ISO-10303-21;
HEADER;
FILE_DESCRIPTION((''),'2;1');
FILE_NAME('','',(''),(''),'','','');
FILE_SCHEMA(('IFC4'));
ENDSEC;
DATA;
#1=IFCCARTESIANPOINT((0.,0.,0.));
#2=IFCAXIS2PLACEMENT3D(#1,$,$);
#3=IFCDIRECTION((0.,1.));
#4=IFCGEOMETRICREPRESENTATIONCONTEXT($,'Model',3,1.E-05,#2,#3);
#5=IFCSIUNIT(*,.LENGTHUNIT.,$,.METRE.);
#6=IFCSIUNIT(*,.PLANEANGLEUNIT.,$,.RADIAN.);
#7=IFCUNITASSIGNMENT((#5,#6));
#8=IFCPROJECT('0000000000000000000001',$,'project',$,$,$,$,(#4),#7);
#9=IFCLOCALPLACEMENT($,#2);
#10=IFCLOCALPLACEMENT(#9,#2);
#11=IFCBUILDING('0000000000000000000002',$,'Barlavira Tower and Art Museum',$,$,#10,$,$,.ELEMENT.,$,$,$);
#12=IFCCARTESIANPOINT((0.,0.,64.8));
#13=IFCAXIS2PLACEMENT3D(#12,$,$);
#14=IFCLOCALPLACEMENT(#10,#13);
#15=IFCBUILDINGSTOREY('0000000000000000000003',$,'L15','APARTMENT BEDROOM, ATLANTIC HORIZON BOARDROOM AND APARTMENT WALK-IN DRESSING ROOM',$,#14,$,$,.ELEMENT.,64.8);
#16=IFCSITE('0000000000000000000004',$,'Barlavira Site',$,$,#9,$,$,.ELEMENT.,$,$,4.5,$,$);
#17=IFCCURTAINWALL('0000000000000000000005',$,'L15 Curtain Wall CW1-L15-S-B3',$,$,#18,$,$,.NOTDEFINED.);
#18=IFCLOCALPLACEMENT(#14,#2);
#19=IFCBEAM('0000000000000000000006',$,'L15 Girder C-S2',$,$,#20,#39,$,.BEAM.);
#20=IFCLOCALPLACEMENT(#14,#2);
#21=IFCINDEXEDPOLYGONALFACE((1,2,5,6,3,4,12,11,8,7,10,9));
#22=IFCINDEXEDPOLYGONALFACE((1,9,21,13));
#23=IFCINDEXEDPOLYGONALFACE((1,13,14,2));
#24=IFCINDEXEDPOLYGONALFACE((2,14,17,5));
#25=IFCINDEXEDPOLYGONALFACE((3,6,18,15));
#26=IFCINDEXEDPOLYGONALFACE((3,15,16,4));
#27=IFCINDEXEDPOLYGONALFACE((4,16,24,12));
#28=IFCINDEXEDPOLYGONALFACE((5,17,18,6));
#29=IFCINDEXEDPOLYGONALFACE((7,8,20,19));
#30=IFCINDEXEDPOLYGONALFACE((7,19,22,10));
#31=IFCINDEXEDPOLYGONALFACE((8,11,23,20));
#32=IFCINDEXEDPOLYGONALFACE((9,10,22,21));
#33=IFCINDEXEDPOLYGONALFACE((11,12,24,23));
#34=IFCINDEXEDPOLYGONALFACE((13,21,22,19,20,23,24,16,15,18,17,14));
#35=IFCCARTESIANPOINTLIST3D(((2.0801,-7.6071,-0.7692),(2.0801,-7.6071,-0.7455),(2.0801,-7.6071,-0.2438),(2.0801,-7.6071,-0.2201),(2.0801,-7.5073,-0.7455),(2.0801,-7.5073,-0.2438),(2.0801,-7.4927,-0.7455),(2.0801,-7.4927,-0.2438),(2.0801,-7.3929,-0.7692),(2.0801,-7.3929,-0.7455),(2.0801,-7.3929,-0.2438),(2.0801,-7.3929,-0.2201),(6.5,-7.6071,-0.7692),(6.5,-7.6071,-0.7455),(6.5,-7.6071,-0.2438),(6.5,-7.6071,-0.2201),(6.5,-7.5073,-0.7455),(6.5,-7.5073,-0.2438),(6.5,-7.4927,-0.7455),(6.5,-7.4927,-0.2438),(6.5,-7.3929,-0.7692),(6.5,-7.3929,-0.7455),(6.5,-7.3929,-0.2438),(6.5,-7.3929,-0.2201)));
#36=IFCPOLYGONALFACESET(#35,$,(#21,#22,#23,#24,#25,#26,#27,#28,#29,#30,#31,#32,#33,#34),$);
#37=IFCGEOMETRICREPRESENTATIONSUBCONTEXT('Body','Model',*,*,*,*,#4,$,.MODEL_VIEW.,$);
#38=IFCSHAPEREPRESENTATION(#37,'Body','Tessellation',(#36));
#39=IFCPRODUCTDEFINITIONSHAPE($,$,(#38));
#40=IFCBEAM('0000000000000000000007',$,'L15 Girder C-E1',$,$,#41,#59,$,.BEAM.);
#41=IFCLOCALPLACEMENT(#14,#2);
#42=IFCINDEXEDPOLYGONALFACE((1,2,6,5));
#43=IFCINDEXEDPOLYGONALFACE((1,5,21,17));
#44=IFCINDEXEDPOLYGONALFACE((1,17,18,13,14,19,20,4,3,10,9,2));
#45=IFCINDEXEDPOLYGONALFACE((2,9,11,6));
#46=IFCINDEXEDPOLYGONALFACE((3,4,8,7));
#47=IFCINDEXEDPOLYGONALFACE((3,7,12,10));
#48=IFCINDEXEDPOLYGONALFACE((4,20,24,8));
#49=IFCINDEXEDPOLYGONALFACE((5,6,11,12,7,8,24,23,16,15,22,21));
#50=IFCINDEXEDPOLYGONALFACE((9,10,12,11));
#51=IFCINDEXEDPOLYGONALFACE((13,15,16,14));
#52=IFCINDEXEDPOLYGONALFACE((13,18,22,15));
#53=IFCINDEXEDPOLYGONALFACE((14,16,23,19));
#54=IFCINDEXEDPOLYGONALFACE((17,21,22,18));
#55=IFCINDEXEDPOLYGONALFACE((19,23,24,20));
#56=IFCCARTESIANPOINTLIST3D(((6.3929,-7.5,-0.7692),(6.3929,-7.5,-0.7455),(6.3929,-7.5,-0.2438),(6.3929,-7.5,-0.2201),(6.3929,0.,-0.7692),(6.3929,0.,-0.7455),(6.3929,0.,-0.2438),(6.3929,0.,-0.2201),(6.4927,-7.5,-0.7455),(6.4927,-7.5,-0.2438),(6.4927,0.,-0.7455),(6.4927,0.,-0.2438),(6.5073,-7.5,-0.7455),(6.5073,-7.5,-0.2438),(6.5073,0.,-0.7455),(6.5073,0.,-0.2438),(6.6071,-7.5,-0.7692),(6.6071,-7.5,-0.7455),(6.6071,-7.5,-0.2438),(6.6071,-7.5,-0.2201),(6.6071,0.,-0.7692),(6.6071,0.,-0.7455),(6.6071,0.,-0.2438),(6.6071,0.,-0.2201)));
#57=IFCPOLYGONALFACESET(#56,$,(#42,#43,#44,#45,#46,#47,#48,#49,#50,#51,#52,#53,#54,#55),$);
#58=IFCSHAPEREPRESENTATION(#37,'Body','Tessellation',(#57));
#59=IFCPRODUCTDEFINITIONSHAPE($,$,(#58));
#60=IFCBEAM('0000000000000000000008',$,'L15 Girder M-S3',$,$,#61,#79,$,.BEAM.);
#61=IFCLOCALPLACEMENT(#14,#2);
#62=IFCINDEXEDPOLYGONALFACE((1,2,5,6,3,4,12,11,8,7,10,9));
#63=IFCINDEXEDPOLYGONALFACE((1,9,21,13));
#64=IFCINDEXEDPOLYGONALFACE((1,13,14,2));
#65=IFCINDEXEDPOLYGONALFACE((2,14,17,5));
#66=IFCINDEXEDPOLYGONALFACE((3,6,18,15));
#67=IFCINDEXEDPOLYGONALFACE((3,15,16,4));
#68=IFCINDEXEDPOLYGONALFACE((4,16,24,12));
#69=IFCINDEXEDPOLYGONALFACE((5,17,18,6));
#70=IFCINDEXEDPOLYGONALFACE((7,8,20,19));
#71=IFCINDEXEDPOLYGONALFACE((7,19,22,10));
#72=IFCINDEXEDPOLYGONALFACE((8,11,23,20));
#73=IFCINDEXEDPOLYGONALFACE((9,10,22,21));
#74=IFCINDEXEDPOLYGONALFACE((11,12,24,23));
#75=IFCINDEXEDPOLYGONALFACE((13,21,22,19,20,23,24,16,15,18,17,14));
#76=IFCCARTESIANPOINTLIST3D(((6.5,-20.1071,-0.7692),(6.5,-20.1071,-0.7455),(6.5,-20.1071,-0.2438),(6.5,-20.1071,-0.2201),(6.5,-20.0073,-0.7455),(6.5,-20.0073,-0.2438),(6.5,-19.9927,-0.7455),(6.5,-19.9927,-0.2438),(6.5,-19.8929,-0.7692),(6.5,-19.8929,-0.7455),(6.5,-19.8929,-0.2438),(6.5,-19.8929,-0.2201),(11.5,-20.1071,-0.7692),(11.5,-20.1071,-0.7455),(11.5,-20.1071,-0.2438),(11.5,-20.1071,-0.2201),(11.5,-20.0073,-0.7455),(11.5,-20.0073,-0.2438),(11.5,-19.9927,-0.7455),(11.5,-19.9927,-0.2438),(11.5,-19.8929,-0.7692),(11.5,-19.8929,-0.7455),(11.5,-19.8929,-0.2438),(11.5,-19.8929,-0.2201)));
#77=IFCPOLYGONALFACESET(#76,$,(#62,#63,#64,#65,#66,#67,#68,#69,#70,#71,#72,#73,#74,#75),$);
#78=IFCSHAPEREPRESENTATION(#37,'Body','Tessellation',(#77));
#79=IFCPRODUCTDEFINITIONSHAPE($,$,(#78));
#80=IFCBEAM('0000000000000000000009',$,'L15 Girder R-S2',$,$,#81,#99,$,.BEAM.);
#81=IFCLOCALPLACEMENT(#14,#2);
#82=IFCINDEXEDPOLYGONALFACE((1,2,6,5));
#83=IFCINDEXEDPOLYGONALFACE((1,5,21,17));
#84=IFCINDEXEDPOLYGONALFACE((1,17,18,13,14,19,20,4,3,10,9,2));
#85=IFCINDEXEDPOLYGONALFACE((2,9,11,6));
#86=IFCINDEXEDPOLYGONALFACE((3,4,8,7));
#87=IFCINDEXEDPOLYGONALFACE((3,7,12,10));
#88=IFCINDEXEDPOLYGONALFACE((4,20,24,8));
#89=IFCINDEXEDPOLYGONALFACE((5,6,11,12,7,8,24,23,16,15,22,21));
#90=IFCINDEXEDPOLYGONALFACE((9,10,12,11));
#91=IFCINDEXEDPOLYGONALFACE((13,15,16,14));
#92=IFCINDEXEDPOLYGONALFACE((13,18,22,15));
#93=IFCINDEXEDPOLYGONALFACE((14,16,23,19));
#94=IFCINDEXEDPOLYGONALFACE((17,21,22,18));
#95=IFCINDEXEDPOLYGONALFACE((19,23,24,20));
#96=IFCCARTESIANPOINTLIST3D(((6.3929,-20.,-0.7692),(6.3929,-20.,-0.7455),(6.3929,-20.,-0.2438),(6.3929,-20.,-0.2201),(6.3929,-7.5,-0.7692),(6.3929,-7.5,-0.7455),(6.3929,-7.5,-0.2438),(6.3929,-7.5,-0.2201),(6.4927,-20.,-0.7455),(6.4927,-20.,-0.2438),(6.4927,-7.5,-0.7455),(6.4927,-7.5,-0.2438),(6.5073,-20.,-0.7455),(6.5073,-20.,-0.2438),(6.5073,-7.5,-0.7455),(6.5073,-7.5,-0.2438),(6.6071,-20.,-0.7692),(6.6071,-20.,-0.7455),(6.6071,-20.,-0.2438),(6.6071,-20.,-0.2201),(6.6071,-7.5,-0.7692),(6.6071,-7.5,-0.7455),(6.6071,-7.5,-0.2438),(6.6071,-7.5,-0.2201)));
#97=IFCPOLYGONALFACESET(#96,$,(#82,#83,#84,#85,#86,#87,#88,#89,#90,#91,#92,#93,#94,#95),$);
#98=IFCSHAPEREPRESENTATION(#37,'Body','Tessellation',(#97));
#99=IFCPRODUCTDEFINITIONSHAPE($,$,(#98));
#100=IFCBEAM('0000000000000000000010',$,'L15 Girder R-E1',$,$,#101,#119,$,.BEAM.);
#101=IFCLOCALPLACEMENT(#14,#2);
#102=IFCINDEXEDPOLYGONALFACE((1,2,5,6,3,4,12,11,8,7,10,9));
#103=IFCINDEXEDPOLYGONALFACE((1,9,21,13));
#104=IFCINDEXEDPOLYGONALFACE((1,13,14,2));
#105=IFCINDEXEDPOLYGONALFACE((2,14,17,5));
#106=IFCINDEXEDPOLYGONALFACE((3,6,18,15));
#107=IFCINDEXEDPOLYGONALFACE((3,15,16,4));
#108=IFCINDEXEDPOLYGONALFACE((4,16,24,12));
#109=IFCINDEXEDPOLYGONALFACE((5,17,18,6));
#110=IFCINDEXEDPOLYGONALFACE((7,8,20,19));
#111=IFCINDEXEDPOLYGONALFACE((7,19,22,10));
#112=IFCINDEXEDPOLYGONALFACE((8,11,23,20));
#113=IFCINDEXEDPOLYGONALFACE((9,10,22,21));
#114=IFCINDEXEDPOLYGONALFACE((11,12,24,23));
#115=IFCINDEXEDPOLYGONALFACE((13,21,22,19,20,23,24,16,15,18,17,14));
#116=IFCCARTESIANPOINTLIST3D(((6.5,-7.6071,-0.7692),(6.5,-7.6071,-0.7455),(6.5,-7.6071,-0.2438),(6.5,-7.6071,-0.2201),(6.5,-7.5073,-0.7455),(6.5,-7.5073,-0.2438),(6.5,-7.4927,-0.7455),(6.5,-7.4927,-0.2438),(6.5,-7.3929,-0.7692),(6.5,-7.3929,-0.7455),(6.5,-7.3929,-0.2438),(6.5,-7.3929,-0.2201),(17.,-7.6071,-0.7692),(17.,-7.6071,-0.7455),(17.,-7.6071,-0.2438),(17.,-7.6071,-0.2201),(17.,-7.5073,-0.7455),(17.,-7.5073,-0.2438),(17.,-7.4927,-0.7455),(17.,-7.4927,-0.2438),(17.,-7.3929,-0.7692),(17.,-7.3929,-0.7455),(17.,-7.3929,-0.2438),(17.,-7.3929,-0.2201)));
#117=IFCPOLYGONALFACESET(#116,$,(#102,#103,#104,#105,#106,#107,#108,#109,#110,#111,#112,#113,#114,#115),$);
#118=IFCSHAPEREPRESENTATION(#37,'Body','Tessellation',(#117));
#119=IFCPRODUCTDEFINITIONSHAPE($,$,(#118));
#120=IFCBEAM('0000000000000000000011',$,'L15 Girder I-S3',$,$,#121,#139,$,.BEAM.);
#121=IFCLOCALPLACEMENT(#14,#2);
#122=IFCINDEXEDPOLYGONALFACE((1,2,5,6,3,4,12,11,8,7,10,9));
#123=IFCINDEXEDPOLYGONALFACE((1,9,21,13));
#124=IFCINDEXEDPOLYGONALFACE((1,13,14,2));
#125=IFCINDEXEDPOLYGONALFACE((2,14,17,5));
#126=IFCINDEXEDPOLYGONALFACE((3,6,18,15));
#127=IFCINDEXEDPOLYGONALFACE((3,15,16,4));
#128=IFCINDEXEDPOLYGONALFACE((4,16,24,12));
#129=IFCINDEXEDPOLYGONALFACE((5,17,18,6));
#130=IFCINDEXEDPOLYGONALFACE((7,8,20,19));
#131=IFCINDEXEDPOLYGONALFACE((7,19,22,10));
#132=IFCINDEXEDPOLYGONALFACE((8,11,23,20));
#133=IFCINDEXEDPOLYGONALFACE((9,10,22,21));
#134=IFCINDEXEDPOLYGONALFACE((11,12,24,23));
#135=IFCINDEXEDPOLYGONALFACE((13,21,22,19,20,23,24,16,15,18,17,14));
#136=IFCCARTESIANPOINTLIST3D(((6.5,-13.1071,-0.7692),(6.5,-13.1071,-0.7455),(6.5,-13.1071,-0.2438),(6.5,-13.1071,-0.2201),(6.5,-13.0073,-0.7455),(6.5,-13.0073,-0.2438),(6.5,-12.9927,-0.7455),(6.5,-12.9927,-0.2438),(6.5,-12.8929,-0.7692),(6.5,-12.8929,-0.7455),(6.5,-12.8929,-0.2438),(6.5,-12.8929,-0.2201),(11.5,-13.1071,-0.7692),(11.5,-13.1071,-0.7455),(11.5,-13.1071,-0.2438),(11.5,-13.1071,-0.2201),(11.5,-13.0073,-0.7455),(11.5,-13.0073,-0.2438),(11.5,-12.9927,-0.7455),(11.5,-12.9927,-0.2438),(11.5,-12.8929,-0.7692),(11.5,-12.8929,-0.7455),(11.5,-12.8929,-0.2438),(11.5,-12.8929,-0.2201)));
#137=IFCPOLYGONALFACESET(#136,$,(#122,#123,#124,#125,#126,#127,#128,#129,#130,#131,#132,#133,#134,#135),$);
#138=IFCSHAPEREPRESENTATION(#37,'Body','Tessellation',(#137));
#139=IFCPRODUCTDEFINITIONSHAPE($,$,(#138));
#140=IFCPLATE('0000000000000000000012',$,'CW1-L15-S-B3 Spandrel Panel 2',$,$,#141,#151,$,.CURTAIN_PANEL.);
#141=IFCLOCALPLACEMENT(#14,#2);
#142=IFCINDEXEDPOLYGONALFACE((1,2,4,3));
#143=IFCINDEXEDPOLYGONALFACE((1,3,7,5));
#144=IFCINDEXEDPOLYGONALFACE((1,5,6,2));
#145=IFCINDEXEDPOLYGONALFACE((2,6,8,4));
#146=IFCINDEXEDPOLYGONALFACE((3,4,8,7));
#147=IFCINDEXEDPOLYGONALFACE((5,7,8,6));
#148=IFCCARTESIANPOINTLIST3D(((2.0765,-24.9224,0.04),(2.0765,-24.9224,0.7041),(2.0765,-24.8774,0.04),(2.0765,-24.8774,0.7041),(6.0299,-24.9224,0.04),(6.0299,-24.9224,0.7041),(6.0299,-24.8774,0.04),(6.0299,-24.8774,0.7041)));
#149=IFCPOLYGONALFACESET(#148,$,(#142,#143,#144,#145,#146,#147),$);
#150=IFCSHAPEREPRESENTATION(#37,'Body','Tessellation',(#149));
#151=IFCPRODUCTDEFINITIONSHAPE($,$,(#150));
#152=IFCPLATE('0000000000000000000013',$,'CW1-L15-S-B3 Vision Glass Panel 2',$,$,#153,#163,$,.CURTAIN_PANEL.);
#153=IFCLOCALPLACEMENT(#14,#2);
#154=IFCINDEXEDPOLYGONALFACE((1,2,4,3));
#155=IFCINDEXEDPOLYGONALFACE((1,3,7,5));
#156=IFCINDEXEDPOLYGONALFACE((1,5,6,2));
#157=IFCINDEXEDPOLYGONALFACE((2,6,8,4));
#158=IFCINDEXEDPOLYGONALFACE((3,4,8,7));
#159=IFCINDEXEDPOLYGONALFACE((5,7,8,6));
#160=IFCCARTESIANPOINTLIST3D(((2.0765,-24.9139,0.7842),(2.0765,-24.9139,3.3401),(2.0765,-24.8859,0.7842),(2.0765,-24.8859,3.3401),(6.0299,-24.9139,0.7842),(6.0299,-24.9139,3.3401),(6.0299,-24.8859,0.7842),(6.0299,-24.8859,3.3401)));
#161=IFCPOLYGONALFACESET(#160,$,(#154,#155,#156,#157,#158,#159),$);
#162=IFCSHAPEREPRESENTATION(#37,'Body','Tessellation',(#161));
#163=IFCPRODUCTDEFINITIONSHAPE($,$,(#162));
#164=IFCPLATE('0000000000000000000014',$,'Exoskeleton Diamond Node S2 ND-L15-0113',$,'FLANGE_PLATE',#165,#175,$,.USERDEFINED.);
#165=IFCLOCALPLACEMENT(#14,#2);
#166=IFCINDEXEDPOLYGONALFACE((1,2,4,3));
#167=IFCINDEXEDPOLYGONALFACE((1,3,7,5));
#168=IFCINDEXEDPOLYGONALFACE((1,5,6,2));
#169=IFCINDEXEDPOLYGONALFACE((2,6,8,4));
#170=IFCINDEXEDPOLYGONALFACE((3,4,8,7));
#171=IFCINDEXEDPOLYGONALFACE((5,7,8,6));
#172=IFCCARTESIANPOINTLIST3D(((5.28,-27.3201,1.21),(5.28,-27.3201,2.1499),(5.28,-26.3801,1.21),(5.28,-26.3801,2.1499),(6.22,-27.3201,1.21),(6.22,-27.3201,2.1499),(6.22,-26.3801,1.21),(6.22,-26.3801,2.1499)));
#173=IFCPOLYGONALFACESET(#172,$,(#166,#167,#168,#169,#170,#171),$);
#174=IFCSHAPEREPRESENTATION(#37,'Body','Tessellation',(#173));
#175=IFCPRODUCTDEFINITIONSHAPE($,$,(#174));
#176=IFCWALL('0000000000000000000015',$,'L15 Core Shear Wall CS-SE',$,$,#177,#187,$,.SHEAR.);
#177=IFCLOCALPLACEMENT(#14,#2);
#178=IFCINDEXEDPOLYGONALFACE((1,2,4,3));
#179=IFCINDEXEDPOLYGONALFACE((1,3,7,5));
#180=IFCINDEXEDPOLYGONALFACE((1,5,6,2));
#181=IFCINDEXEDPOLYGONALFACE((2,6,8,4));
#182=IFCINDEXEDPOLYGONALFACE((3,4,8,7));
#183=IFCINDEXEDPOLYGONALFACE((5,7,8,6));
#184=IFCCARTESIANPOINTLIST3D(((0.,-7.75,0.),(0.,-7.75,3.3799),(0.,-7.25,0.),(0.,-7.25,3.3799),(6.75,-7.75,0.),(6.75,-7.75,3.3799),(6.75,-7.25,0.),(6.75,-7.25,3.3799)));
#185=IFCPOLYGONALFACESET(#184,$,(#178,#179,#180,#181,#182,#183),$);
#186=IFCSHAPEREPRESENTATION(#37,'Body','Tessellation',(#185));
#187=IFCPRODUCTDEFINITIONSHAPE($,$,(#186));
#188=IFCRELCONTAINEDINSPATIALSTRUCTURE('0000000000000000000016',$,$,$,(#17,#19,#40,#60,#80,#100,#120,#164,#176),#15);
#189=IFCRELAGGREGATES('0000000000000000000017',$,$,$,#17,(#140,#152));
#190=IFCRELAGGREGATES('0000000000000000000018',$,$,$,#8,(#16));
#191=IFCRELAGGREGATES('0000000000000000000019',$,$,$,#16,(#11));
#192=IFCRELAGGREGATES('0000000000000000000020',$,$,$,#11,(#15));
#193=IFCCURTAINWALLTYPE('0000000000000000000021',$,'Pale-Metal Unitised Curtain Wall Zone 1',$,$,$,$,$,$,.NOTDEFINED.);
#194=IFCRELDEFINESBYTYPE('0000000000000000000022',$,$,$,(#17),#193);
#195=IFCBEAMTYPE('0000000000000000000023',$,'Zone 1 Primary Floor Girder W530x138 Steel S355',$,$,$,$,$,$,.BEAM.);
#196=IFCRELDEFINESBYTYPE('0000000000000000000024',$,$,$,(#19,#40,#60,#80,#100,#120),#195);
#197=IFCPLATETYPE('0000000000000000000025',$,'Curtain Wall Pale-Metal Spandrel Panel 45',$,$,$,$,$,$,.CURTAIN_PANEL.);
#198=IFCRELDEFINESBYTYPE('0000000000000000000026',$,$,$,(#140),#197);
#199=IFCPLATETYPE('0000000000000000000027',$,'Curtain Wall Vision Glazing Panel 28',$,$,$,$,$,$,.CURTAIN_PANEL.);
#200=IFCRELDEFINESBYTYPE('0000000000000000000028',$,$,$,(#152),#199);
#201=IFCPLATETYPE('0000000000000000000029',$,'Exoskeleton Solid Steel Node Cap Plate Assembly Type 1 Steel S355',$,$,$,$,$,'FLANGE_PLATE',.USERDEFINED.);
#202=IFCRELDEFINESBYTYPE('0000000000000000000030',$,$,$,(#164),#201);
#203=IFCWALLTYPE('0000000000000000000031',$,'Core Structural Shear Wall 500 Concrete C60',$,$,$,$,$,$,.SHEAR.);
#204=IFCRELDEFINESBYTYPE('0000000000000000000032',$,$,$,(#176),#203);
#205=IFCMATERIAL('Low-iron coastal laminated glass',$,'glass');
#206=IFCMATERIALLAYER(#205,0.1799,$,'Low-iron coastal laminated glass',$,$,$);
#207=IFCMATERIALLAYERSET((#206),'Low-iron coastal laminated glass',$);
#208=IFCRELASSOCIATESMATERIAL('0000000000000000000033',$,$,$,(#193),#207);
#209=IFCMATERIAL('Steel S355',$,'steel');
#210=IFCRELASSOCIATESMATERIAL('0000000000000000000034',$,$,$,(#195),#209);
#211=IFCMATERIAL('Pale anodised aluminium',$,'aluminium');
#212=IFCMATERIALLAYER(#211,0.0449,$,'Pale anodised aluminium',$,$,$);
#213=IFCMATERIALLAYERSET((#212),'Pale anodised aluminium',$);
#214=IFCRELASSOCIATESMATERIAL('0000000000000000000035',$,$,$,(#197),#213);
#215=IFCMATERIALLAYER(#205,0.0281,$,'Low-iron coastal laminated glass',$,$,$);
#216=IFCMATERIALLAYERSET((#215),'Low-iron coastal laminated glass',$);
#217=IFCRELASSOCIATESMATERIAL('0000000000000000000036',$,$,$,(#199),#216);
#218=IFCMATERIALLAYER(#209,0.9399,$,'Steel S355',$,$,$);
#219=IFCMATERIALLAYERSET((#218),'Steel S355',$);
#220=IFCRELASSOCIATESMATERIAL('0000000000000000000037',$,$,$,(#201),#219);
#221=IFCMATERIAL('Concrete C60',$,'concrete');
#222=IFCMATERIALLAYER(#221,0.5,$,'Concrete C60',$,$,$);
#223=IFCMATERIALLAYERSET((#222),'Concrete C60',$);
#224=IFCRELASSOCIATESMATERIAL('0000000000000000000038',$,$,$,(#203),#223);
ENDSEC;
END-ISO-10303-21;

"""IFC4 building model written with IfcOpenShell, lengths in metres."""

from ifc_helpers import new_model, si_unit, direction, frame, frame_2d, origin, origin_2d, place, context, subcontext, project, spatial, rectangle, i_section, extrude, material, layer, layer_set, material_profile, profile_set, type_object, element, aggregate, save


model = new_model("IFC4")

# Units and contexts
model_context = context("Model", 3, precision=1e-05, world=origin(), true_north=direction((0.0, 1.0)))
body_context = subcontext(model_context, "Body", "Model", "MODEL_VIEW")
ifc_project = project(units=[si_unit("LENGTHUNIT", "METRE"), si_unit("PLANEANGLEUNIT", "RADIAN")], contexts=[model_context])

# Site, building, storey
site_placement = place(None, origin())
site = spatial("IfcSite", under=ifc_project, at=site_placement, Name="Barlavira Site", CompositionType="ELEMENT", RefElevation=4.5)
building_placement = place(site_placement, origin())
building = spatial("IfcBuilding", under=site, at=building_placement, Name="Barlavira Tower and Art Museum", CompositionType="ELEMENT")
storey_placement = place(building_placement, frame((0.0, 0.0, 64.8)))
storey = spatial("IfcBuildingStorey", under=building, at=storey_placement, Name="L15", Description="APARTMENT BEDROOM, ATLANTIC HORIZON BOARDROOM AND APARTMENT WALK-IN DRESSING ROOM", CompositionType="ELEMENT", Elevation=64.8)

# Shared definitions
ifc_material_1 = material(Name="Steel S355", Category="steel")
ifc_material_2 = material(Name="Concrete C60", Category="concrete")

# Curtain wall
ifc_material_3 = material(Name="Low-iron coastal laminated glass", Category="glass")
ifc_layer_1 = layer(ifc_material_3, 0.1799, Name="Low-iron coastal laminated glass")
ifc_layer_set_1 = layer_set([ifc_layer_1], Name="Low-iron coastal laminated glass")
curtain_wall_type = type_object("IfcCurtainWallType", Name="Pale-Metal Unitised Curtain Wall Zone 1", PredefinedType="NOTDEFINED", material=ifc_layer_set_1)
curtain_wall_placement = place(storey_placement, origin())
curtain_wall = element("IfcCurtainWall", 1, at=curtain_wall_placement, inside=storey, type_object=curtain_wall_type, Name="L15 Curtain Wall CW1-L15-S-B3", PredefinedType="NOTDEFINED")
ifc_material_4 = material(Name="Pale anodised aluminium", Category="aluminium")

# Beams
ifc_material_profile_1 = material_profile(ifc_material_1, i_section(OverallWidth=0.2141, OverallDepth=0.5491, WebThickness=0.0146, FlangeThickness=0.0237, at=origin_2d()), Name="W530x138.0")
ifc_profile_set_1 = profile_set([ifc_material_profile_1], Name="Steel S355")
beam_type_1 = type_object("IfcBeamType", Name="Zone 1 Primary Floor Girder W530x138 Steel S355", PredefinedType="BEAM", material=ifc_profile_set_1)
beam_1_placement = place(storey_placement, frame((2.0801, -7.5, -0.4946), z_axis=(1.0, 0.0, 0.0), x_axis=(0.0, 1.0, 0.0)))
element("IfcBeam", 2, at=beam_1_placement, inside=storey, type_object=beam_type_1, Name="L15 Girder C-S2", PredefinedType="BEAM", context=body_context, shape_type="SweptSolid", body=[
    extrude(i_section(OverallWidth=0.2141, OverallDepth=0.5491, WebThickness=0.0146, FlangeThickness=0.0237, at=origin_2d()), origin(), (0.0, 0.0, 1.0), 4.4199),
])
beam_2_placement = place(storey_placement, frame((6.5, -7.5, -0.4946), z_axis=(0.0, 1.0, 0.0), x_axis=(-1.0, 0.0, 0.0)))
element("IfcBeam", 3, at=beam_2_placement, inside=storey, type_object=beam_type_1, Name="L15 Girder C-E1", PredefinedType="BEAM", context=body_context, shape_type="SweptSolid", body=[
    extrude(i_section(OverallWidth=0.2141, OverallDepth=0.5491, WebThickness=0.0146, FlangeThickness=0.0237, at=origin_2d()), origin(), (0.0, 0.0, 1.0), 7.5),
])
beam_3_placement = place(storey_placement, frame((6.5, -20.0, -0.4946), z_axis=(1.0, 0.0, 0.0), x_axis=(0.0, 1.0, 0.0)))
element("IfcBeam", 4, at=beam_3_placement, inside=storey, type_object=beam_type_1, Name="L15 Girder M-S3", PredefinedType="BEAM", context=body_context, shape_type="SweptSolid", body=[
    extrude(i_section(OverallWidth=0.2141, OverallDepth=0.5491, WebThickness=0.0146, FlangeThickness=0.0237, at=origin_2d()), origin(), (0.0, 0.0, 1.0), 5.0),
])
beam_4_placement = place(storey_placement, frame((6.5, -20.0, -0.4946), z_axis=(0.0, 1.0, 0.0), x_axis=(-1.0, 0.0, 0.0)))
element("IfcBeam", 5, at=beam_4_placement, inside=storey, type_object=beam_type_1, Name="L15 Girder R-S2", PredefinedType="BEAM", context=body_context, shape_type="SweptSolid", body=[
    extrude(i_section(OverallWidth=0.2141, OverallDepth=0.5491, WebThickness=0.0146, FlangeThickness=0.0237, at=origin_2d()), origin(), (0.0, 0.0, 1.0), 12.5),
])
beam_5_placement = place(storey_placement, frame((6.5, -7.5, -0.4946), z_axis=(1.0, 0.0, 0.0), x_axis=(0.0, 1.0, 0.0)))
element("IfcBeam", 6, at=beam_5_placement, inside=storey, type_object=beam_type_1, Name="L15 Girder R-E1", PredefinedType="BEAM", context=body_context, shape_type="SweptSolid", body=[
    extrude(i_section(OverallWidth=0.2141, OverallDepth=0.5491, WebThickness=0.0146, FlangeThickness=0.0237, at=origin_2d()), origin(), (0.0, 0.0, 1.0), 10.5),
])
beam_6_placement = place(storey_placement, frame((6.5, -13.0, -0.4946), z_axis=(1.0, 0.0, 0.0), x_axis=(0.0, 1.0, 0.0)))
element("IfcBeam", 7, at=beam_6_placement, inside=storey, type_object=beam_type_1, Name="L15 Girder I-S3", PredefinedType="BEAM", context=body_context, shape_type="SweptSolid", body=[
    extrude(i_section(OverallWidth=0.2141, OverallDepth=0.5491, WebThickness=0.0146, FlangeThickness=0.0237, at=origin_2d()), origin(), (0.0, 0.0, 1.0), 5.0),
])

# Plates
ifc_layer_2 = layer(ifc_material_4, 0.0449, Name="Pale anodised aluminium")
ifc_layer_set_2 = layer_set([ifc_layer_2], Name="Pale anodised aluminium")
plate_type_1 = type_object("IfcPlateType", Name="Curtain Wall Pale-Metal Spandrel Panel 45", PredefinedType="CURTAIN_PANEL", material=ifc_layer_set_2)
plate_1_placement = place(storey_placement, frame((4.0532, -24.8999, 0.04), z_axis=(0.0, 0.0, 1.0), x_axis=(1.0, 0.0, 0.0)))
plate_1 = element("IfcPlate", 8, at=plate_1_placement, type_object=plate_type_1, Name="CW1-L15-S-B3 Spandrel Panel 2", PredefinedType="CURTAIN_PANEL", context=body_context, shape_type="SweptSolid", body=[
    extrude(rectangle(XDim=3.9534, YDim=0.0449, at=origin_2d()), origin(), (0.0, 0.0, 1.0), 0.6641),
])
ifc_layer_3 = layer(ifc_material_3, 0.0281, Name="Low-iron coastal laminated glass")
ifc_layer_set_3 = layer_set([ifc_layer_3], Name="Low-iron coastal laminated glass")
plate_type_2 = type_object("IfcPlateType", Name="Curtain Wall Vision Glazing Panel 28", PredefinedType="CURTAIN_PANEL", material=ifc_layer_set_3)
plate_2_placement = place(storey_placement, frame((4.0532, -24.8999, 0.7842), z_axis=(0.0, 0.0, 1.0), x_axis=(1.0, 0.0, 0.0)))
plate_2 = element("IfcPlate", 9, at=plate_2_placement, type_object=plate_type_2, Name="CW1-L15-S-B3 Vision Glass Panel 2", PredefinedType="CURTAIN_PANEL", context=body_context, shape_type="SweptSolid", body=[
    extrude(rectangle(XDim=3.9534, YDim=0.0281, at=origin_2d()), origin(), (0.0, 0.0, 1.0), 2.5559),
])
aggregate(curtain_wall, [plate_1, plate_2])
ifc_layer_4 = layer(ifc_material_1, 0.9399, Name="Steel S355")
ifc_layer_set_4 = layer_set([ifc_layer_4], Name="Steel S355")
plate_type_3 = type_object("IfcPlateType", Name="Exoskeleton Solid Steel Node Cap Plate Assembly Type 1 Steel S355", ElementType="FLANGE_PLATE", PredefinedType="USERDEFINED", material=ifc_layer_set_4)
plate_3_placement = place(storey_placement, frame((5.75, -26.8501, 1.21), z_axis=(0.0, 0.0, 1.0), x_axis=(1.0, 0.0, 0.0)))
element("IfcPlate", 10, at=plate_3_placement, inside=storey, type_object=plate_type_3, Name="Exoskeleton Diamond Node S2 ND-L15-0113", ObjectType="FLANGE_PLATE", PredefinedType="USERDEFINED", context=body_context, shape_type="SweptSolid", body=[
    extrude(rectangle(XDim=0.9399, YDim=0.9399, at=origin_2d()), origin(), (0.0, 0.0, 1.0), 0.9399),
])

# Wall
ifc_layer_5 = layer(ifc_material_2, 0.5, Name="Concrete C60")
ifc_layer_set_5 = layer_set([ifc_layer_5], Name="Concrete C60")
wall_type = type_object("IfcWallType", Name="Core Structural Shear Wall 500 Concrete C60", PredefinedType="SHEAR", material=ifc_layer_set_5)
wall_placement = place(storey_placement, frame((0.0, -7.5, 0.0), z_axis=(0.0, 0.0, 1.0), x_axis=(1.0, 0.0, 0.0)))
element("IfcWall", 11, at=wall_placement, inside=storey, type_object=wall_type, Name="L15 Core Shear Wall CS-SE", PredefinedType="SHEAR", context=body_context, shape_type="SweptSolid", body=[
    extrude(rectangle(XDim=6.75, YDim=0.5, at=frame_2d((3.375, 0.0))), origin(), (0.0, 0.0, 1.0), 3.3799),
])

save(model, "model.ifc")
